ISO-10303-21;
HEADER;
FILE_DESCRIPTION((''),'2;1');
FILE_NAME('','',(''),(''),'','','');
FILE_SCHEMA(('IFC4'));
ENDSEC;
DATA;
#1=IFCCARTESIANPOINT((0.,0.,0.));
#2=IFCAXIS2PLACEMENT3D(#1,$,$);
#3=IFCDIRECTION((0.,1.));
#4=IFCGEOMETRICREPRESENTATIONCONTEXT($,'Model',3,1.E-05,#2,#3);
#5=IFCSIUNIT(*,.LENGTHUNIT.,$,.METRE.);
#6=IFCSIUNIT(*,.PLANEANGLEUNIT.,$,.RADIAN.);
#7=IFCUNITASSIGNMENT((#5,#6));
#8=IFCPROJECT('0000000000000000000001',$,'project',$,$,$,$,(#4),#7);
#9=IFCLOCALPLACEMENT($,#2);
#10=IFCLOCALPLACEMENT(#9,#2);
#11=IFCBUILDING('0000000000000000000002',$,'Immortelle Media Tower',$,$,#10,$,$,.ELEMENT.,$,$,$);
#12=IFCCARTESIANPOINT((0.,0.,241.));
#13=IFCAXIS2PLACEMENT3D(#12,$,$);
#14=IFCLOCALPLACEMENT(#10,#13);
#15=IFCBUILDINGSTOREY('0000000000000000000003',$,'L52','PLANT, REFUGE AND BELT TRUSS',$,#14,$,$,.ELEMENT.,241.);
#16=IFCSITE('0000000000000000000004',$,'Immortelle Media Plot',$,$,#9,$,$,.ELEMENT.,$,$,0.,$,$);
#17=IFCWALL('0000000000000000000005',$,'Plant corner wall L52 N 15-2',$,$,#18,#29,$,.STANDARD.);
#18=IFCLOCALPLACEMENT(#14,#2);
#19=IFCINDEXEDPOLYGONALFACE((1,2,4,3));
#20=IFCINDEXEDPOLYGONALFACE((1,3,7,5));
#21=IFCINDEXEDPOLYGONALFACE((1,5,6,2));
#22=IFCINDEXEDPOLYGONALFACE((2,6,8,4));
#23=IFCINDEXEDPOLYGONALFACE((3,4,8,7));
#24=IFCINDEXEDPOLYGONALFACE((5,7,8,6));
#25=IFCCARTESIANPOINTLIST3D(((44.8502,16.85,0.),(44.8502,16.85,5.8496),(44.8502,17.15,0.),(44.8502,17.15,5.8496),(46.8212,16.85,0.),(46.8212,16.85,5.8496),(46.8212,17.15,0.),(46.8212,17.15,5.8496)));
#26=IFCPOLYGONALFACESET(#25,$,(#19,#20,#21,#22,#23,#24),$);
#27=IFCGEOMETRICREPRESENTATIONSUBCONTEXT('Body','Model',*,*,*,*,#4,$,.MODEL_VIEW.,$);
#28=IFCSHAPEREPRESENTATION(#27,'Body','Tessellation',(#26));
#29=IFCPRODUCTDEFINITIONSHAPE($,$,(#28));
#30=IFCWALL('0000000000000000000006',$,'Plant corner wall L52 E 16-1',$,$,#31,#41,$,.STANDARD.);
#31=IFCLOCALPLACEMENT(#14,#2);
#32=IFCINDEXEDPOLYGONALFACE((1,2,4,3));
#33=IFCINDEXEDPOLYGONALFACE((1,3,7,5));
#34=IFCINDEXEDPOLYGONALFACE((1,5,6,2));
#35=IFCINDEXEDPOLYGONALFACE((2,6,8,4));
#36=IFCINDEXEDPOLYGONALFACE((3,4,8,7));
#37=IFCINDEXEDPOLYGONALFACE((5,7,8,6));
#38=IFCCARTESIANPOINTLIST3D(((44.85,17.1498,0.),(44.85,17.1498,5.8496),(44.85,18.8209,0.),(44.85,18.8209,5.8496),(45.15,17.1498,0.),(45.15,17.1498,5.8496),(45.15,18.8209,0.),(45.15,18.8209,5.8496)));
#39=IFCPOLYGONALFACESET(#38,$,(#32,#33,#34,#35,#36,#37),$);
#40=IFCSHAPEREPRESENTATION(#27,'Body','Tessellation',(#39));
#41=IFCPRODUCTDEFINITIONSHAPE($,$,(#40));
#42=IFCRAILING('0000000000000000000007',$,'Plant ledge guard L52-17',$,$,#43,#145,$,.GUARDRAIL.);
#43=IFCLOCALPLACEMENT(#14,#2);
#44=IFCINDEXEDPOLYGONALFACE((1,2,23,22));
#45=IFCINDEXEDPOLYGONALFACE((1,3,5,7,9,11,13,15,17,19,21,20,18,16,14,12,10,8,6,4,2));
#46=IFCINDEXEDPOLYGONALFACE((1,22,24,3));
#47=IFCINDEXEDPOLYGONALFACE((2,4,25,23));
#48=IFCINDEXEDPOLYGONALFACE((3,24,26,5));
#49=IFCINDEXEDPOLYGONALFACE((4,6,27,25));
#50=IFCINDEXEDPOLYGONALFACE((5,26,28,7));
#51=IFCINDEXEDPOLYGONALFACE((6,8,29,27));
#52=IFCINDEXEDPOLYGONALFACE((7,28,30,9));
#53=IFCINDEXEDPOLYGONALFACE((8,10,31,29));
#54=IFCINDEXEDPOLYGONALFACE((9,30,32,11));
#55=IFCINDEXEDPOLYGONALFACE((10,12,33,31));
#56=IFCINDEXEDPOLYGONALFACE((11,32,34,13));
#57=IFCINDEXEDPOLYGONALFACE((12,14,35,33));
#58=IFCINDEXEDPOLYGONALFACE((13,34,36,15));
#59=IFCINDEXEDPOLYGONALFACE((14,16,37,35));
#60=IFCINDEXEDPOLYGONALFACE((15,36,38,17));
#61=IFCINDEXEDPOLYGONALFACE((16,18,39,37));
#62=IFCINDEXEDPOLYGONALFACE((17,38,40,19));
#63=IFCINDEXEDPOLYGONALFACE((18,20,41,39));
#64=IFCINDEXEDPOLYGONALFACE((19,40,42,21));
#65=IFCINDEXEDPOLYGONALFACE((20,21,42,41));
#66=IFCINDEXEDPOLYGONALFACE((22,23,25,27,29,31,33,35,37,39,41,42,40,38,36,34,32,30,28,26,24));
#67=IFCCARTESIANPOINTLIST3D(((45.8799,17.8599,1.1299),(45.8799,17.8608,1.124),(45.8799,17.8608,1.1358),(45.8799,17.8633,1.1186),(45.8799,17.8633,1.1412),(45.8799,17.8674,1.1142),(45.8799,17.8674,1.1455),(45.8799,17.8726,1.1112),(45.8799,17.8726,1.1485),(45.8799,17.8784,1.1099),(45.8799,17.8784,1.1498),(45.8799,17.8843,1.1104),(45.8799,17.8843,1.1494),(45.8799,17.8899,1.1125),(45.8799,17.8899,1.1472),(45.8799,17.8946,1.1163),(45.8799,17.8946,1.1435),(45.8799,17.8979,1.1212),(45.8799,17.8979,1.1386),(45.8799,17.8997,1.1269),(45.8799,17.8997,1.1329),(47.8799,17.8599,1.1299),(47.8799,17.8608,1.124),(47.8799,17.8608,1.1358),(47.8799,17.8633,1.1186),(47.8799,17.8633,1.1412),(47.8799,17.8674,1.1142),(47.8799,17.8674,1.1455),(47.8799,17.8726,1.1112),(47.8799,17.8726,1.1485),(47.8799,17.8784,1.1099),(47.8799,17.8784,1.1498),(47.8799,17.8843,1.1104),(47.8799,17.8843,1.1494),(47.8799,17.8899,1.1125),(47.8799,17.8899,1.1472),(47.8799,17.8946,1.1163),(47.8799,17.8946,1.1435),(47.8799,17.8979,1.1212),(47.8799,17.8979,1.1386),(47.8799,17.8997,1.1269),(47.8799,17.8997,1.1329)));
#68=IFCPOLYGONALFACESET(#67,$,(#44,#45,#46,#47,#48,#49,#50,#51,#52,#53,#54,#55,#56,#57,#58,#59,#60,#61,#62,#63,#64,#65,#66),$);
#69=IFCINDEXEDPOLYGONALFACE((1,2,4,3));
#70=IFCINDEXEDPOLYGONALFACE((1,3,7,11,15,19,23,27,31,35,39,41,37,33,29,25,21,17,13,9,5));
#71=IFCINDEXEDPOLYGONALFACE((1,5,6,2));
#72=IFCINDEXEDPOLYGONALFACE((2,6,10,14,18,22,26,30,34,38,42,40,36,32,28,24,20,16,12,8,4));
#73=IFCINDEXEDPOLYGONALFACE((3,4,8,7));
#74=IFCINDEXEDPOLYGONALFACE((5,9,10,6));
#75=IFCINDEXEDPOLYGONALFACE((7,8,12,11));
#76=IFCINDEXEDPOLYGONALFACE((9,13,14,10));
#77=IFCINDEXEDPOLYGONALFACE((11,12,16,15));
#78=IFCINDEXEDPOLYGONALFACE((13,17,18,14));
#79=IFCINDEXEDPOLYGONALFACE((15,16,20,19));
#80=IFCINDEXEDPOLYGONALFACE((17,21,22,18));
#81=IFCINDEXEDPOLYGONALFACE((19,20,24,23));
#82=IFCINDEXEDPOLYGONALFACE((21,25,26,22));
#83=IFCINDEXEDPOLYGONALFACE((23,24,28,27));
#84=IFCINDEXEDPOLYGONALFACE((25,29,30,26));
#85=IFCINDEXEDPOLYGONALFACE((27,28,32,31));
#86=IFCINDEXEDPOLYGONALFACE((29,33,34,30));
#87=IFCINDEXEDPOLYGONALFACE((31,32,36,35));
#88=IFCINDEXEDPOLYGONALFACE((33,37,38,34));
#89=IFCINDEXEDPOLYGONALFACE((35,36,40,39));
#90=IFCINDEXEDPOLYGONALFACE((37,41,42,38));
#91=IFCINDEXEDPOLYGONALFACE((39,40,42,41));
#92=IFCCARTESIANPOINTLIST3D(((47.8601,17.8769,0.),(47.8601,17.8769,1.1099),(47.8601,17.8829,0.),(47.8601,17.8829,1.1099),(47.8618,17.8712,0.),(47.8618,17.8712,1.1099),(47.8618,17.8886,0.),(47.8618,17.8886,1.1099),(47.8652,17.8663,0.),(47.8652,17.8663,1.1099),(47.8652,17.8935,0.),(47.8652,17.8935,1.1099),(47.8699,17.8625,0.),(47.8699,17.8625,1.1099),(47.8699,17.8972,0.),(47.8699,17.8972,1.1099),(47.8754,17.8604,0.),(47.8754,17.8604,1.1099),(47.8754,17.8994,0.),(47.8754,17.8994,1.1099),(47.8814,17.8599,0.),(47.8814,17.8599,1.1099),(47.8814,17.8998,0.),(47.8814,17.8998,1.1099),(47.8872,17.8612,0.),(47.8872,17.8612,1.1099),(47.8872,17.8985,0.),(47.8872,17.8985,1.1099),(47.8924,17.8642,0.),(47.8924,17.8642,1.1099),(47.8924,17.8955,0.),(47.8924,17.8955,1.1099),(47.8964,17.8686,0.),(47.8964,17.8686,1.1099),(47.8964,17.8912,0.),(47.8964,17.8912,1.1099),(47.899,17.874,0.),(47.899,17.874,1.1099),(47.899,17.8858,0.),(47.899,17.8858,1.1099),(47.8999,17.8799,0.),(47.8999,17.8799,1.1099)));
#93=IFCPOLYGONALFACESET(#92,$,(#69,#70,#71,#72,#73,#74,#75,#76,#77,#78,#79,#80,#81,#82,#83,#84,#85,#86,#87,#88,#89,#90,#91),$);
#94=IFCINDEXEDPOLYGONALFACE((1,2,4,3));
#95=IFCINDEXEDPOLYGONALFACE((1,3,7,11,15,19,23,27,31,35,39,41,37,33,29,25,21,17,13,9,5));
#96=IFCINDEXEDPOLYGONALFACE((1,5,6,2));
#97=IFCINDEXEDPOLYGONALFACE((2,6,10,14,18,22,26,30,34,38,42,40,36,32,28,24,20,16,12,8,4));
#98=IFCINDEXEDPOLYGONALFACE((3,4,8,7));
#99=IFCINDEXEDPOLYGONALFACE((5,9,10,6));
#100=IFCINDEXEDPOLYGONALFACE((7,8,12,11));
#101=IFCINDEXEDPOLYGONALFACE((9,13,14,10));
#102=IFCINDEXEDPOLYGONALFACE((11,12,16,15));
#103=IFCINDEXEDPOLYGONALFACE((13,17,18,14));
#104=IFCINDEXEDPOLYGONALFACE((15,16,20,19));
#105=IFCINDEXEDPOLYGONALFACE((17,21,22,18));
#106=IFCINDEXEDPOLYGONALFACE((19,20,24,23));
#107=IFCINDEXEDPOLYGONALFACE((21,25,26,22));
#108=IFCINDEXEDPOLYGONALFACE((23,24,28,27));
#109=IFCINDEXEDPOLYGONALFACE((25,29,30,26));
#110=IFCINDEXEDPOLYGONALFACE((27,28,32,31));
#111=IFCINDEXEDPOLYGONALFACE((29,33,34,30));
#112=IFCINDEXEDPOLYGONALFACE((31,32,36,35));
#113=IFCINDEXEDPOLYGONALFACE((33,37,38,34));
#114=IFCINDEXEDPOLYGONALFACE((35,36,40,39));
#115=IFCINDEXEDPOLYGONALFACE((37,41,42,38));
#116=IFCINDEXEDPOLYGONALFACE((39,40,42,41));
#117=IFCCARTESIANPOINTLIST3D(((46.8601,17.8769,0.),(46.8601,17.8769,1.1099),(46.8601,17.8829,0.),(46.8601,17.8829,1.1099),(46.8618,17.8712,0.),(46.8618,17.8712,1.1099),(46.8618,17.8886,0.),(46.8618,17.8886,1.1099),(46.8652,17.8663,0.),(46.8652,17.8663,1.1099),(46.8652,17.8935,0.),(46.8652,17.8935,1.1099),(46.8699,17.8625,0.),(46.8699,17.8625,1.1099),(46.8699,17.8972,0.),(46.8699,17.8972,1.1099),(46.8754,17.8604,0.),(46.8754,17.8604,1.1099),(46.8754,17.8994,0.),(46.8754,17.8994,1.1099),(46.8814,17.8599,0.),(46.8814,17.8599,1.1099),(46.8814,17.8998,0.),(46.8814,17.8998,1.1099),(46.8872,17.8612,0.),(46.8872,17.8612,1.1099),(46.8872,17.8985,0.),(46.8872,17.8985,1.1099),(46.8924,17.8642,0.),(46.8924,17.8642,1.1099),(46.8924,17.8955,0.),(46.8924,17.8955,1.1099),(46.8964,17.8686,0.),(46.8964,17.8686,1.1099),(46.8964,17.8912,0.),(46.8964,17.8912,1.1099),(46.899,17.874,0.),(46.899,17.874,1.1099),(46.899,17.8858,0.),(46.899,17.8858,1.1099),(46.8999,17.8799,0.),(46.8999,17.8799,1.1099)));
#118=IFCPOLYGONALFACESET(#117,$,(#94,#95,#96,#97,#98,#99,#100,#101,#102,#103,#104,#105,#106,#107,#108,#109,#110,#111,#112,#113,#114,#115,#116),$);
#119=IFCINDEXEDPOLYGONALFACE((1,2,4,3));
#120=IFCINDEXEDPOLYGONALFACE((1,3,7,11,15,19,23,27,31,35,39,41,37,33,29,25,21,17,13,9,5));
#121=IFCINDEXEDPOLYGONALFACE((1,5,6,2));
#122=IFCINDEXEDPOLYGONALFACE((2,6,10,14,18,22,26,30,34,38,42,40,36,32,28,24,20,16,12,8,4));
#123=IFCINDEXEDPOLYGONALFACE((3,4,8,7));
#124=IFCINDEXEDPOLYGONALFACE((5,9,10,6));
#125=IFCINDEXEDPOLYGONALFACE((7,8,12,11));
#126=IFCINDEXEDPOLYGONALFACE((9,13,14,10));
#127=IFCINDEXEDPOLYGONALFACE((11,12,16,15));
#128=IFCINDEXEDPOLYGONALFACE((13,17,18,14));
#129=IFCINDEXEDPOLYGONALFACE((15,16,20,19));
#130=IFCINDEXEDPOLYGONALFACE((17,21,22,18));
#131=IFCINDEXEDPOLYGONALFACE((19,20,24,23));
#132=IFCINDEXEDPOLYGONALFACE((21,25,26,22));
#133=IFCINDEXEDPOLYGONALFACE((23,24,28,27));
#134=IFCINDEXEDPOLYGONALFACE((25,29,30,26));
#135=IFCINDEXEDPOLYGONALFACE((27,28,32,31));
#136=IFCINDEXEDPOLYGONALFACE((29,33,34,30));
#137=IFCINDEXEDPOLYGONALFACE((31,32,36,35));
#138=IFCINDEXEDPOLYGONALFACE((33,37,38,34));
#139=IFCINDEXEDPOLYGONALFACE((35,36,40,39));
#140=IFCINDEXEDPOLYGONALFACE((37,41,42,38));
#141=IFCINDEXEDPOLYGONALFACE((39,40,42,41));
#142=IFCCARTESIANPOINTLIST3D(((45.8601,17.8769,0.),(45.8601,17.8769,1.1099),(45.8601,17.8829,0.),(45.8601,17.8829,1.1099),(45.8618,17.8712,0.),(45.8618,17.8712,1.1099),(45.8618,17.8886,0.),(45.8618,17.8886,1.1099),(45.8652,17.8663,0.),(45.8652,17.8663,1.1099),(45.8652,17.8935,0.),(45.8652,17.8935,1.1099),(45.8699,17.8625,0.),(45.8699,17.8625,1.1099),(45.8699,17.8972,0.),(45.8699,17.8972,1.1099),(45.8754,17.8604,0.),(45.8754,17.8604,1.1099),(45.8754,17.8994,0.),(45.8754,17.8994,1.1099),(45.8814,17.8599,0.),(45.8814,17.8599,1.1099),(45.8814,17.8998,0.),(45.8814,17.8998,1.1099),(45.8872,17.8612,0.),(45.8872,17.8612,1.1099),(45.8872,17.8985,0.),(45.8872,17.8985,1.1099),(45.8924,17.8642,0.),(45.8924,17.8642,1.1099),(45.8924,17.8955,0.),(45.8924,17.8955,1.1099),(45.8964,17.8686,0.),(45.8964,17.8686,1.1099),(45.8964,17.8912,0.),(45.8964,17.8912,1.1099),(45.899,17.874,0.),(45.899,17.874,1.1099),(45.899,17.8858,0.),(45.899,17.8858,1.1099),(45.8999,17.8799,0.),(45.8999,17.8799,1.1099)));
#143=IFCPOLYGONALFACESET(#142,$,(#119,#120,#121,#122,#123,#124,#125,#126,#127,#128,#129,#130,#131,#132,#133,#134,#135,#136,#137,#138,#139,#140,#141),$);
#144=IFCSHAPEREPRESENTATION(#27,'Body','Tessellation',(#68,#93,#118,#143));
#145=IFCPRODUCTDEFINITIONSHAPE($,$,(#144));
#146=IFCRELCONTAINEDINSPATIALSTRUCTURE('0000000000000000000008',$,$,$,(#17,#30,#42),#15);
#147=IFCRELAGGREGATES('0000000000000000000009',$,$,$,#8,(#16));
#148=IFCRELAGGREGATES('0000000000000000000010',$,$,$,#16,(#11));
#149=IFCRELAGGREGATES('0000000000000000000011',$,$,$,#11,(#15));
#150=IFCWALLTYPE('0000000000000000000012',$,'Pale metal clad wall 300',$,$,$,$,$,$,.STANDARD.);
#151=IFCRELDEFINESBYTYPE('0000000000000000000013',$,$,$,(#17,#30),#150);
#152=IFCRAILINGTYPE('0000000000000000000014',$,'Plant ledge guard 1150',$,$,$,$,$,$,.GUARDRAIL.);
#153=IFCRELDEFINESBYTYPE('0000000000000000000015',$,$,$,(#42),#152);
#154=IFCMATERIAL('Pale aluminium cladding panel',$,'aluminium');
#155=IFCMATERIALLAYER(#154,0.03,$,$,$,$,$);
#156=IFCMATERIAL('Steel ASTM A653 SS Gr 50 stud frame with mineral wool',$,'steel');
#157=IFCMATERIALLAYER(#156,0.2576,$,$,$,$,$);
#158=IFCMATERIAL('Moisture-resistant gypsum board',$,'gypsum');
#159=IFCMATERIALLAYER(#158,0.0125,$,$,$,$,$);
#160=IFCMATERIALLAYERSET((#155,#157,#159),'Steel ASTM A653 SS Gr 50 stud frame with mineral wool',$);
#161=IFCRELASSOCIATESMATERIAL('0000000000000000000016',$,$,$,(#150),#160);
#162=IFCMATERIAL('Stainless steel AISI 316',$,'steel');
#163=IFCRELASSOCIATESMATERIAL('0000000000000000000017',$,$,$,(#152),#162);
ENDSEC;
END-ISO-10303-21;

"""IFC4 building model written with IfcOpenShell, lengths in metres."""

from ifc_helpers import new_model, si_unit, direction, frame, frame_2d, origin, origin_2d, place, context, subcontext, project, spatial, rectangle, circle, extrude, material, layer, layer_set, type_object, element, save


model = new_model("IFC4")

# Units and contexts
model_context = context("Model", 3, precision=1e-05, world=origin(), true_north=direction((0.0, 1.0)))
body_context = subcontext(model_context, "Body", "Model", "MODEL_VIEW")
ifc_project = project(units=[si_unit("LENGTHUNIT", "METRE"), si_unit("PLANEANGLEUNIT", "RADIAN")], contexts=[model_context])

# Site, building, storey
site_placement = place(None, origin())
site = spatial("IfcSite", under=ifc_project, at=site_placement, Name="Immortelle Media Plot", CompositionType="ELEMENT", RefElevation=0.0)
building_placement = place(site_placement, origin())
building = spatial("IfcBuilding", under=site, at=building_placement, Name="Immortelle Media Tower", CompositionType="ELEMENT")
storey_placement = place(building_placement, frame((0.0, 0.0, 241.0)))
storey = spatial("IfcBuildingStorey", under=building, at=storey_placement, Name="L52", Description="PLANT, REFUGE AND BELT TRUSS", CompositionType="ELEMENT", Elevation=241.0)

# Shared definitions
ifc_material_1 = material(Name="Steel ASTM A653 SS Gr 50 stud frame with mineral wool", Category="steel")

# Walls
ifc_material_2 = material(Name="Pale aluminium cladding panel", Category="aluminium")
ifc_layer_1 = layer(ifc_material_2, 0.03)
ifc_layer_2 = layer(ifc_material_1, 0.2576)
ifc_material_3 = material(Name="Moisture-resistant gypsum board", Category="gypsum")
ifc_layer_3 = layer(ifc_material_3, 0.0125)
ifc_layer_set_1 = layer_set([ifc_layer_1, ifc_layer_2, ifc_layer_3], Name="Steel ASTM A653 SS Gr 50 stud frame with mineral wool")
wall_type_1 = type_object("IfcWallType", Name="Pale metal clad wall 300", PredefinedType="STANDARD", material=ifc_layer_set_1)
wall_1_placement = place(storey_placement, frame((46.821, 17.0, 0.0), z_axis=(0.0, 0.0, 1.0), x_axis=(-1.0, 0.0, 0.0)))
element("IfcWall", 1, at=wall_1_placement, inside=storey, type_object=wall_type_1, Name="Plant corner wall L52 N 15-2", PredefinedType="STANDARD", context=body_context, shape_type="SweptSolid", body=[
    extrude(rectangle(XDim=1.9709, YDim=0.3, at=frame_2d((0.9854, 0.0))), origin(), (0.0, 0.0, 1.0), 5.8496),
])
wall_2_placement = place(storey_placement, frame((45.0, 17.1499, 0.0), z_axis=(0.0, 0.0, 1.0), x_axis=(0.0, 1.0, 0.0)))
element("IfcWall", 2, at=wall_2_placement, inside=storey, type_object=wall_type_1, Name="Plant corner wall L52 E 16-1", PredefinedType="STANDARD", context=body_context, shape_type="SweptSolid", body=[
    extrude(rectangle(XDim=1.6711, YDim=0.3, at=frame_2d((0.8354, 0.0))), origin(), (0.0, 0.0, 1.0), 5.8496),
])

# Railing
ifc_material_4 = material(Name="Stainless steel AISI 316", Category="steel")
railing_type = type_object("IfcRailingType", Name="Plant ledge guard 1150", PredefinedType="GUARDRAIL", material=ifc_material_4)
railing_1_placement = place(storey_placement, frame((47.8799, 17.8799, 0.0)))
element("IfcRailing", 3, at=railing_1_placement, inside=storey, type_object=railing_type, Name="Plant ledge guard L52-17", PredefinedType="GUARDRAIL", context=body_context, shape_type="SweptSolid", body=[
    extrude(circle(Radius=0.02, at=origin_2d()), frame((0.0, 0.0, 1.1299), z_axis=(-1.0, 0.0, 0.0), x_axis=(0.0, -1.0, 0.0)), (0.0, 0.0, 1.0), 2.0),
    extrude(circle(Radius=0.02, at=origin_2d()), origin(), (0.0, 0.0, 1.0), 1.1099),
    extrude(circle(Radius=0.02, at=origin_2d()), frame((-1.0, 0.0, 0.0)), (0.0, 0.0, 1.0), 1.1099),
    extrude(circle(Radius=0.02, at=origin_2d()), frame((-2.0, 0.0, 0.0)), (0.0, 0.0, 1.0), 1.1099),
])

save(model, "model.ifc")
